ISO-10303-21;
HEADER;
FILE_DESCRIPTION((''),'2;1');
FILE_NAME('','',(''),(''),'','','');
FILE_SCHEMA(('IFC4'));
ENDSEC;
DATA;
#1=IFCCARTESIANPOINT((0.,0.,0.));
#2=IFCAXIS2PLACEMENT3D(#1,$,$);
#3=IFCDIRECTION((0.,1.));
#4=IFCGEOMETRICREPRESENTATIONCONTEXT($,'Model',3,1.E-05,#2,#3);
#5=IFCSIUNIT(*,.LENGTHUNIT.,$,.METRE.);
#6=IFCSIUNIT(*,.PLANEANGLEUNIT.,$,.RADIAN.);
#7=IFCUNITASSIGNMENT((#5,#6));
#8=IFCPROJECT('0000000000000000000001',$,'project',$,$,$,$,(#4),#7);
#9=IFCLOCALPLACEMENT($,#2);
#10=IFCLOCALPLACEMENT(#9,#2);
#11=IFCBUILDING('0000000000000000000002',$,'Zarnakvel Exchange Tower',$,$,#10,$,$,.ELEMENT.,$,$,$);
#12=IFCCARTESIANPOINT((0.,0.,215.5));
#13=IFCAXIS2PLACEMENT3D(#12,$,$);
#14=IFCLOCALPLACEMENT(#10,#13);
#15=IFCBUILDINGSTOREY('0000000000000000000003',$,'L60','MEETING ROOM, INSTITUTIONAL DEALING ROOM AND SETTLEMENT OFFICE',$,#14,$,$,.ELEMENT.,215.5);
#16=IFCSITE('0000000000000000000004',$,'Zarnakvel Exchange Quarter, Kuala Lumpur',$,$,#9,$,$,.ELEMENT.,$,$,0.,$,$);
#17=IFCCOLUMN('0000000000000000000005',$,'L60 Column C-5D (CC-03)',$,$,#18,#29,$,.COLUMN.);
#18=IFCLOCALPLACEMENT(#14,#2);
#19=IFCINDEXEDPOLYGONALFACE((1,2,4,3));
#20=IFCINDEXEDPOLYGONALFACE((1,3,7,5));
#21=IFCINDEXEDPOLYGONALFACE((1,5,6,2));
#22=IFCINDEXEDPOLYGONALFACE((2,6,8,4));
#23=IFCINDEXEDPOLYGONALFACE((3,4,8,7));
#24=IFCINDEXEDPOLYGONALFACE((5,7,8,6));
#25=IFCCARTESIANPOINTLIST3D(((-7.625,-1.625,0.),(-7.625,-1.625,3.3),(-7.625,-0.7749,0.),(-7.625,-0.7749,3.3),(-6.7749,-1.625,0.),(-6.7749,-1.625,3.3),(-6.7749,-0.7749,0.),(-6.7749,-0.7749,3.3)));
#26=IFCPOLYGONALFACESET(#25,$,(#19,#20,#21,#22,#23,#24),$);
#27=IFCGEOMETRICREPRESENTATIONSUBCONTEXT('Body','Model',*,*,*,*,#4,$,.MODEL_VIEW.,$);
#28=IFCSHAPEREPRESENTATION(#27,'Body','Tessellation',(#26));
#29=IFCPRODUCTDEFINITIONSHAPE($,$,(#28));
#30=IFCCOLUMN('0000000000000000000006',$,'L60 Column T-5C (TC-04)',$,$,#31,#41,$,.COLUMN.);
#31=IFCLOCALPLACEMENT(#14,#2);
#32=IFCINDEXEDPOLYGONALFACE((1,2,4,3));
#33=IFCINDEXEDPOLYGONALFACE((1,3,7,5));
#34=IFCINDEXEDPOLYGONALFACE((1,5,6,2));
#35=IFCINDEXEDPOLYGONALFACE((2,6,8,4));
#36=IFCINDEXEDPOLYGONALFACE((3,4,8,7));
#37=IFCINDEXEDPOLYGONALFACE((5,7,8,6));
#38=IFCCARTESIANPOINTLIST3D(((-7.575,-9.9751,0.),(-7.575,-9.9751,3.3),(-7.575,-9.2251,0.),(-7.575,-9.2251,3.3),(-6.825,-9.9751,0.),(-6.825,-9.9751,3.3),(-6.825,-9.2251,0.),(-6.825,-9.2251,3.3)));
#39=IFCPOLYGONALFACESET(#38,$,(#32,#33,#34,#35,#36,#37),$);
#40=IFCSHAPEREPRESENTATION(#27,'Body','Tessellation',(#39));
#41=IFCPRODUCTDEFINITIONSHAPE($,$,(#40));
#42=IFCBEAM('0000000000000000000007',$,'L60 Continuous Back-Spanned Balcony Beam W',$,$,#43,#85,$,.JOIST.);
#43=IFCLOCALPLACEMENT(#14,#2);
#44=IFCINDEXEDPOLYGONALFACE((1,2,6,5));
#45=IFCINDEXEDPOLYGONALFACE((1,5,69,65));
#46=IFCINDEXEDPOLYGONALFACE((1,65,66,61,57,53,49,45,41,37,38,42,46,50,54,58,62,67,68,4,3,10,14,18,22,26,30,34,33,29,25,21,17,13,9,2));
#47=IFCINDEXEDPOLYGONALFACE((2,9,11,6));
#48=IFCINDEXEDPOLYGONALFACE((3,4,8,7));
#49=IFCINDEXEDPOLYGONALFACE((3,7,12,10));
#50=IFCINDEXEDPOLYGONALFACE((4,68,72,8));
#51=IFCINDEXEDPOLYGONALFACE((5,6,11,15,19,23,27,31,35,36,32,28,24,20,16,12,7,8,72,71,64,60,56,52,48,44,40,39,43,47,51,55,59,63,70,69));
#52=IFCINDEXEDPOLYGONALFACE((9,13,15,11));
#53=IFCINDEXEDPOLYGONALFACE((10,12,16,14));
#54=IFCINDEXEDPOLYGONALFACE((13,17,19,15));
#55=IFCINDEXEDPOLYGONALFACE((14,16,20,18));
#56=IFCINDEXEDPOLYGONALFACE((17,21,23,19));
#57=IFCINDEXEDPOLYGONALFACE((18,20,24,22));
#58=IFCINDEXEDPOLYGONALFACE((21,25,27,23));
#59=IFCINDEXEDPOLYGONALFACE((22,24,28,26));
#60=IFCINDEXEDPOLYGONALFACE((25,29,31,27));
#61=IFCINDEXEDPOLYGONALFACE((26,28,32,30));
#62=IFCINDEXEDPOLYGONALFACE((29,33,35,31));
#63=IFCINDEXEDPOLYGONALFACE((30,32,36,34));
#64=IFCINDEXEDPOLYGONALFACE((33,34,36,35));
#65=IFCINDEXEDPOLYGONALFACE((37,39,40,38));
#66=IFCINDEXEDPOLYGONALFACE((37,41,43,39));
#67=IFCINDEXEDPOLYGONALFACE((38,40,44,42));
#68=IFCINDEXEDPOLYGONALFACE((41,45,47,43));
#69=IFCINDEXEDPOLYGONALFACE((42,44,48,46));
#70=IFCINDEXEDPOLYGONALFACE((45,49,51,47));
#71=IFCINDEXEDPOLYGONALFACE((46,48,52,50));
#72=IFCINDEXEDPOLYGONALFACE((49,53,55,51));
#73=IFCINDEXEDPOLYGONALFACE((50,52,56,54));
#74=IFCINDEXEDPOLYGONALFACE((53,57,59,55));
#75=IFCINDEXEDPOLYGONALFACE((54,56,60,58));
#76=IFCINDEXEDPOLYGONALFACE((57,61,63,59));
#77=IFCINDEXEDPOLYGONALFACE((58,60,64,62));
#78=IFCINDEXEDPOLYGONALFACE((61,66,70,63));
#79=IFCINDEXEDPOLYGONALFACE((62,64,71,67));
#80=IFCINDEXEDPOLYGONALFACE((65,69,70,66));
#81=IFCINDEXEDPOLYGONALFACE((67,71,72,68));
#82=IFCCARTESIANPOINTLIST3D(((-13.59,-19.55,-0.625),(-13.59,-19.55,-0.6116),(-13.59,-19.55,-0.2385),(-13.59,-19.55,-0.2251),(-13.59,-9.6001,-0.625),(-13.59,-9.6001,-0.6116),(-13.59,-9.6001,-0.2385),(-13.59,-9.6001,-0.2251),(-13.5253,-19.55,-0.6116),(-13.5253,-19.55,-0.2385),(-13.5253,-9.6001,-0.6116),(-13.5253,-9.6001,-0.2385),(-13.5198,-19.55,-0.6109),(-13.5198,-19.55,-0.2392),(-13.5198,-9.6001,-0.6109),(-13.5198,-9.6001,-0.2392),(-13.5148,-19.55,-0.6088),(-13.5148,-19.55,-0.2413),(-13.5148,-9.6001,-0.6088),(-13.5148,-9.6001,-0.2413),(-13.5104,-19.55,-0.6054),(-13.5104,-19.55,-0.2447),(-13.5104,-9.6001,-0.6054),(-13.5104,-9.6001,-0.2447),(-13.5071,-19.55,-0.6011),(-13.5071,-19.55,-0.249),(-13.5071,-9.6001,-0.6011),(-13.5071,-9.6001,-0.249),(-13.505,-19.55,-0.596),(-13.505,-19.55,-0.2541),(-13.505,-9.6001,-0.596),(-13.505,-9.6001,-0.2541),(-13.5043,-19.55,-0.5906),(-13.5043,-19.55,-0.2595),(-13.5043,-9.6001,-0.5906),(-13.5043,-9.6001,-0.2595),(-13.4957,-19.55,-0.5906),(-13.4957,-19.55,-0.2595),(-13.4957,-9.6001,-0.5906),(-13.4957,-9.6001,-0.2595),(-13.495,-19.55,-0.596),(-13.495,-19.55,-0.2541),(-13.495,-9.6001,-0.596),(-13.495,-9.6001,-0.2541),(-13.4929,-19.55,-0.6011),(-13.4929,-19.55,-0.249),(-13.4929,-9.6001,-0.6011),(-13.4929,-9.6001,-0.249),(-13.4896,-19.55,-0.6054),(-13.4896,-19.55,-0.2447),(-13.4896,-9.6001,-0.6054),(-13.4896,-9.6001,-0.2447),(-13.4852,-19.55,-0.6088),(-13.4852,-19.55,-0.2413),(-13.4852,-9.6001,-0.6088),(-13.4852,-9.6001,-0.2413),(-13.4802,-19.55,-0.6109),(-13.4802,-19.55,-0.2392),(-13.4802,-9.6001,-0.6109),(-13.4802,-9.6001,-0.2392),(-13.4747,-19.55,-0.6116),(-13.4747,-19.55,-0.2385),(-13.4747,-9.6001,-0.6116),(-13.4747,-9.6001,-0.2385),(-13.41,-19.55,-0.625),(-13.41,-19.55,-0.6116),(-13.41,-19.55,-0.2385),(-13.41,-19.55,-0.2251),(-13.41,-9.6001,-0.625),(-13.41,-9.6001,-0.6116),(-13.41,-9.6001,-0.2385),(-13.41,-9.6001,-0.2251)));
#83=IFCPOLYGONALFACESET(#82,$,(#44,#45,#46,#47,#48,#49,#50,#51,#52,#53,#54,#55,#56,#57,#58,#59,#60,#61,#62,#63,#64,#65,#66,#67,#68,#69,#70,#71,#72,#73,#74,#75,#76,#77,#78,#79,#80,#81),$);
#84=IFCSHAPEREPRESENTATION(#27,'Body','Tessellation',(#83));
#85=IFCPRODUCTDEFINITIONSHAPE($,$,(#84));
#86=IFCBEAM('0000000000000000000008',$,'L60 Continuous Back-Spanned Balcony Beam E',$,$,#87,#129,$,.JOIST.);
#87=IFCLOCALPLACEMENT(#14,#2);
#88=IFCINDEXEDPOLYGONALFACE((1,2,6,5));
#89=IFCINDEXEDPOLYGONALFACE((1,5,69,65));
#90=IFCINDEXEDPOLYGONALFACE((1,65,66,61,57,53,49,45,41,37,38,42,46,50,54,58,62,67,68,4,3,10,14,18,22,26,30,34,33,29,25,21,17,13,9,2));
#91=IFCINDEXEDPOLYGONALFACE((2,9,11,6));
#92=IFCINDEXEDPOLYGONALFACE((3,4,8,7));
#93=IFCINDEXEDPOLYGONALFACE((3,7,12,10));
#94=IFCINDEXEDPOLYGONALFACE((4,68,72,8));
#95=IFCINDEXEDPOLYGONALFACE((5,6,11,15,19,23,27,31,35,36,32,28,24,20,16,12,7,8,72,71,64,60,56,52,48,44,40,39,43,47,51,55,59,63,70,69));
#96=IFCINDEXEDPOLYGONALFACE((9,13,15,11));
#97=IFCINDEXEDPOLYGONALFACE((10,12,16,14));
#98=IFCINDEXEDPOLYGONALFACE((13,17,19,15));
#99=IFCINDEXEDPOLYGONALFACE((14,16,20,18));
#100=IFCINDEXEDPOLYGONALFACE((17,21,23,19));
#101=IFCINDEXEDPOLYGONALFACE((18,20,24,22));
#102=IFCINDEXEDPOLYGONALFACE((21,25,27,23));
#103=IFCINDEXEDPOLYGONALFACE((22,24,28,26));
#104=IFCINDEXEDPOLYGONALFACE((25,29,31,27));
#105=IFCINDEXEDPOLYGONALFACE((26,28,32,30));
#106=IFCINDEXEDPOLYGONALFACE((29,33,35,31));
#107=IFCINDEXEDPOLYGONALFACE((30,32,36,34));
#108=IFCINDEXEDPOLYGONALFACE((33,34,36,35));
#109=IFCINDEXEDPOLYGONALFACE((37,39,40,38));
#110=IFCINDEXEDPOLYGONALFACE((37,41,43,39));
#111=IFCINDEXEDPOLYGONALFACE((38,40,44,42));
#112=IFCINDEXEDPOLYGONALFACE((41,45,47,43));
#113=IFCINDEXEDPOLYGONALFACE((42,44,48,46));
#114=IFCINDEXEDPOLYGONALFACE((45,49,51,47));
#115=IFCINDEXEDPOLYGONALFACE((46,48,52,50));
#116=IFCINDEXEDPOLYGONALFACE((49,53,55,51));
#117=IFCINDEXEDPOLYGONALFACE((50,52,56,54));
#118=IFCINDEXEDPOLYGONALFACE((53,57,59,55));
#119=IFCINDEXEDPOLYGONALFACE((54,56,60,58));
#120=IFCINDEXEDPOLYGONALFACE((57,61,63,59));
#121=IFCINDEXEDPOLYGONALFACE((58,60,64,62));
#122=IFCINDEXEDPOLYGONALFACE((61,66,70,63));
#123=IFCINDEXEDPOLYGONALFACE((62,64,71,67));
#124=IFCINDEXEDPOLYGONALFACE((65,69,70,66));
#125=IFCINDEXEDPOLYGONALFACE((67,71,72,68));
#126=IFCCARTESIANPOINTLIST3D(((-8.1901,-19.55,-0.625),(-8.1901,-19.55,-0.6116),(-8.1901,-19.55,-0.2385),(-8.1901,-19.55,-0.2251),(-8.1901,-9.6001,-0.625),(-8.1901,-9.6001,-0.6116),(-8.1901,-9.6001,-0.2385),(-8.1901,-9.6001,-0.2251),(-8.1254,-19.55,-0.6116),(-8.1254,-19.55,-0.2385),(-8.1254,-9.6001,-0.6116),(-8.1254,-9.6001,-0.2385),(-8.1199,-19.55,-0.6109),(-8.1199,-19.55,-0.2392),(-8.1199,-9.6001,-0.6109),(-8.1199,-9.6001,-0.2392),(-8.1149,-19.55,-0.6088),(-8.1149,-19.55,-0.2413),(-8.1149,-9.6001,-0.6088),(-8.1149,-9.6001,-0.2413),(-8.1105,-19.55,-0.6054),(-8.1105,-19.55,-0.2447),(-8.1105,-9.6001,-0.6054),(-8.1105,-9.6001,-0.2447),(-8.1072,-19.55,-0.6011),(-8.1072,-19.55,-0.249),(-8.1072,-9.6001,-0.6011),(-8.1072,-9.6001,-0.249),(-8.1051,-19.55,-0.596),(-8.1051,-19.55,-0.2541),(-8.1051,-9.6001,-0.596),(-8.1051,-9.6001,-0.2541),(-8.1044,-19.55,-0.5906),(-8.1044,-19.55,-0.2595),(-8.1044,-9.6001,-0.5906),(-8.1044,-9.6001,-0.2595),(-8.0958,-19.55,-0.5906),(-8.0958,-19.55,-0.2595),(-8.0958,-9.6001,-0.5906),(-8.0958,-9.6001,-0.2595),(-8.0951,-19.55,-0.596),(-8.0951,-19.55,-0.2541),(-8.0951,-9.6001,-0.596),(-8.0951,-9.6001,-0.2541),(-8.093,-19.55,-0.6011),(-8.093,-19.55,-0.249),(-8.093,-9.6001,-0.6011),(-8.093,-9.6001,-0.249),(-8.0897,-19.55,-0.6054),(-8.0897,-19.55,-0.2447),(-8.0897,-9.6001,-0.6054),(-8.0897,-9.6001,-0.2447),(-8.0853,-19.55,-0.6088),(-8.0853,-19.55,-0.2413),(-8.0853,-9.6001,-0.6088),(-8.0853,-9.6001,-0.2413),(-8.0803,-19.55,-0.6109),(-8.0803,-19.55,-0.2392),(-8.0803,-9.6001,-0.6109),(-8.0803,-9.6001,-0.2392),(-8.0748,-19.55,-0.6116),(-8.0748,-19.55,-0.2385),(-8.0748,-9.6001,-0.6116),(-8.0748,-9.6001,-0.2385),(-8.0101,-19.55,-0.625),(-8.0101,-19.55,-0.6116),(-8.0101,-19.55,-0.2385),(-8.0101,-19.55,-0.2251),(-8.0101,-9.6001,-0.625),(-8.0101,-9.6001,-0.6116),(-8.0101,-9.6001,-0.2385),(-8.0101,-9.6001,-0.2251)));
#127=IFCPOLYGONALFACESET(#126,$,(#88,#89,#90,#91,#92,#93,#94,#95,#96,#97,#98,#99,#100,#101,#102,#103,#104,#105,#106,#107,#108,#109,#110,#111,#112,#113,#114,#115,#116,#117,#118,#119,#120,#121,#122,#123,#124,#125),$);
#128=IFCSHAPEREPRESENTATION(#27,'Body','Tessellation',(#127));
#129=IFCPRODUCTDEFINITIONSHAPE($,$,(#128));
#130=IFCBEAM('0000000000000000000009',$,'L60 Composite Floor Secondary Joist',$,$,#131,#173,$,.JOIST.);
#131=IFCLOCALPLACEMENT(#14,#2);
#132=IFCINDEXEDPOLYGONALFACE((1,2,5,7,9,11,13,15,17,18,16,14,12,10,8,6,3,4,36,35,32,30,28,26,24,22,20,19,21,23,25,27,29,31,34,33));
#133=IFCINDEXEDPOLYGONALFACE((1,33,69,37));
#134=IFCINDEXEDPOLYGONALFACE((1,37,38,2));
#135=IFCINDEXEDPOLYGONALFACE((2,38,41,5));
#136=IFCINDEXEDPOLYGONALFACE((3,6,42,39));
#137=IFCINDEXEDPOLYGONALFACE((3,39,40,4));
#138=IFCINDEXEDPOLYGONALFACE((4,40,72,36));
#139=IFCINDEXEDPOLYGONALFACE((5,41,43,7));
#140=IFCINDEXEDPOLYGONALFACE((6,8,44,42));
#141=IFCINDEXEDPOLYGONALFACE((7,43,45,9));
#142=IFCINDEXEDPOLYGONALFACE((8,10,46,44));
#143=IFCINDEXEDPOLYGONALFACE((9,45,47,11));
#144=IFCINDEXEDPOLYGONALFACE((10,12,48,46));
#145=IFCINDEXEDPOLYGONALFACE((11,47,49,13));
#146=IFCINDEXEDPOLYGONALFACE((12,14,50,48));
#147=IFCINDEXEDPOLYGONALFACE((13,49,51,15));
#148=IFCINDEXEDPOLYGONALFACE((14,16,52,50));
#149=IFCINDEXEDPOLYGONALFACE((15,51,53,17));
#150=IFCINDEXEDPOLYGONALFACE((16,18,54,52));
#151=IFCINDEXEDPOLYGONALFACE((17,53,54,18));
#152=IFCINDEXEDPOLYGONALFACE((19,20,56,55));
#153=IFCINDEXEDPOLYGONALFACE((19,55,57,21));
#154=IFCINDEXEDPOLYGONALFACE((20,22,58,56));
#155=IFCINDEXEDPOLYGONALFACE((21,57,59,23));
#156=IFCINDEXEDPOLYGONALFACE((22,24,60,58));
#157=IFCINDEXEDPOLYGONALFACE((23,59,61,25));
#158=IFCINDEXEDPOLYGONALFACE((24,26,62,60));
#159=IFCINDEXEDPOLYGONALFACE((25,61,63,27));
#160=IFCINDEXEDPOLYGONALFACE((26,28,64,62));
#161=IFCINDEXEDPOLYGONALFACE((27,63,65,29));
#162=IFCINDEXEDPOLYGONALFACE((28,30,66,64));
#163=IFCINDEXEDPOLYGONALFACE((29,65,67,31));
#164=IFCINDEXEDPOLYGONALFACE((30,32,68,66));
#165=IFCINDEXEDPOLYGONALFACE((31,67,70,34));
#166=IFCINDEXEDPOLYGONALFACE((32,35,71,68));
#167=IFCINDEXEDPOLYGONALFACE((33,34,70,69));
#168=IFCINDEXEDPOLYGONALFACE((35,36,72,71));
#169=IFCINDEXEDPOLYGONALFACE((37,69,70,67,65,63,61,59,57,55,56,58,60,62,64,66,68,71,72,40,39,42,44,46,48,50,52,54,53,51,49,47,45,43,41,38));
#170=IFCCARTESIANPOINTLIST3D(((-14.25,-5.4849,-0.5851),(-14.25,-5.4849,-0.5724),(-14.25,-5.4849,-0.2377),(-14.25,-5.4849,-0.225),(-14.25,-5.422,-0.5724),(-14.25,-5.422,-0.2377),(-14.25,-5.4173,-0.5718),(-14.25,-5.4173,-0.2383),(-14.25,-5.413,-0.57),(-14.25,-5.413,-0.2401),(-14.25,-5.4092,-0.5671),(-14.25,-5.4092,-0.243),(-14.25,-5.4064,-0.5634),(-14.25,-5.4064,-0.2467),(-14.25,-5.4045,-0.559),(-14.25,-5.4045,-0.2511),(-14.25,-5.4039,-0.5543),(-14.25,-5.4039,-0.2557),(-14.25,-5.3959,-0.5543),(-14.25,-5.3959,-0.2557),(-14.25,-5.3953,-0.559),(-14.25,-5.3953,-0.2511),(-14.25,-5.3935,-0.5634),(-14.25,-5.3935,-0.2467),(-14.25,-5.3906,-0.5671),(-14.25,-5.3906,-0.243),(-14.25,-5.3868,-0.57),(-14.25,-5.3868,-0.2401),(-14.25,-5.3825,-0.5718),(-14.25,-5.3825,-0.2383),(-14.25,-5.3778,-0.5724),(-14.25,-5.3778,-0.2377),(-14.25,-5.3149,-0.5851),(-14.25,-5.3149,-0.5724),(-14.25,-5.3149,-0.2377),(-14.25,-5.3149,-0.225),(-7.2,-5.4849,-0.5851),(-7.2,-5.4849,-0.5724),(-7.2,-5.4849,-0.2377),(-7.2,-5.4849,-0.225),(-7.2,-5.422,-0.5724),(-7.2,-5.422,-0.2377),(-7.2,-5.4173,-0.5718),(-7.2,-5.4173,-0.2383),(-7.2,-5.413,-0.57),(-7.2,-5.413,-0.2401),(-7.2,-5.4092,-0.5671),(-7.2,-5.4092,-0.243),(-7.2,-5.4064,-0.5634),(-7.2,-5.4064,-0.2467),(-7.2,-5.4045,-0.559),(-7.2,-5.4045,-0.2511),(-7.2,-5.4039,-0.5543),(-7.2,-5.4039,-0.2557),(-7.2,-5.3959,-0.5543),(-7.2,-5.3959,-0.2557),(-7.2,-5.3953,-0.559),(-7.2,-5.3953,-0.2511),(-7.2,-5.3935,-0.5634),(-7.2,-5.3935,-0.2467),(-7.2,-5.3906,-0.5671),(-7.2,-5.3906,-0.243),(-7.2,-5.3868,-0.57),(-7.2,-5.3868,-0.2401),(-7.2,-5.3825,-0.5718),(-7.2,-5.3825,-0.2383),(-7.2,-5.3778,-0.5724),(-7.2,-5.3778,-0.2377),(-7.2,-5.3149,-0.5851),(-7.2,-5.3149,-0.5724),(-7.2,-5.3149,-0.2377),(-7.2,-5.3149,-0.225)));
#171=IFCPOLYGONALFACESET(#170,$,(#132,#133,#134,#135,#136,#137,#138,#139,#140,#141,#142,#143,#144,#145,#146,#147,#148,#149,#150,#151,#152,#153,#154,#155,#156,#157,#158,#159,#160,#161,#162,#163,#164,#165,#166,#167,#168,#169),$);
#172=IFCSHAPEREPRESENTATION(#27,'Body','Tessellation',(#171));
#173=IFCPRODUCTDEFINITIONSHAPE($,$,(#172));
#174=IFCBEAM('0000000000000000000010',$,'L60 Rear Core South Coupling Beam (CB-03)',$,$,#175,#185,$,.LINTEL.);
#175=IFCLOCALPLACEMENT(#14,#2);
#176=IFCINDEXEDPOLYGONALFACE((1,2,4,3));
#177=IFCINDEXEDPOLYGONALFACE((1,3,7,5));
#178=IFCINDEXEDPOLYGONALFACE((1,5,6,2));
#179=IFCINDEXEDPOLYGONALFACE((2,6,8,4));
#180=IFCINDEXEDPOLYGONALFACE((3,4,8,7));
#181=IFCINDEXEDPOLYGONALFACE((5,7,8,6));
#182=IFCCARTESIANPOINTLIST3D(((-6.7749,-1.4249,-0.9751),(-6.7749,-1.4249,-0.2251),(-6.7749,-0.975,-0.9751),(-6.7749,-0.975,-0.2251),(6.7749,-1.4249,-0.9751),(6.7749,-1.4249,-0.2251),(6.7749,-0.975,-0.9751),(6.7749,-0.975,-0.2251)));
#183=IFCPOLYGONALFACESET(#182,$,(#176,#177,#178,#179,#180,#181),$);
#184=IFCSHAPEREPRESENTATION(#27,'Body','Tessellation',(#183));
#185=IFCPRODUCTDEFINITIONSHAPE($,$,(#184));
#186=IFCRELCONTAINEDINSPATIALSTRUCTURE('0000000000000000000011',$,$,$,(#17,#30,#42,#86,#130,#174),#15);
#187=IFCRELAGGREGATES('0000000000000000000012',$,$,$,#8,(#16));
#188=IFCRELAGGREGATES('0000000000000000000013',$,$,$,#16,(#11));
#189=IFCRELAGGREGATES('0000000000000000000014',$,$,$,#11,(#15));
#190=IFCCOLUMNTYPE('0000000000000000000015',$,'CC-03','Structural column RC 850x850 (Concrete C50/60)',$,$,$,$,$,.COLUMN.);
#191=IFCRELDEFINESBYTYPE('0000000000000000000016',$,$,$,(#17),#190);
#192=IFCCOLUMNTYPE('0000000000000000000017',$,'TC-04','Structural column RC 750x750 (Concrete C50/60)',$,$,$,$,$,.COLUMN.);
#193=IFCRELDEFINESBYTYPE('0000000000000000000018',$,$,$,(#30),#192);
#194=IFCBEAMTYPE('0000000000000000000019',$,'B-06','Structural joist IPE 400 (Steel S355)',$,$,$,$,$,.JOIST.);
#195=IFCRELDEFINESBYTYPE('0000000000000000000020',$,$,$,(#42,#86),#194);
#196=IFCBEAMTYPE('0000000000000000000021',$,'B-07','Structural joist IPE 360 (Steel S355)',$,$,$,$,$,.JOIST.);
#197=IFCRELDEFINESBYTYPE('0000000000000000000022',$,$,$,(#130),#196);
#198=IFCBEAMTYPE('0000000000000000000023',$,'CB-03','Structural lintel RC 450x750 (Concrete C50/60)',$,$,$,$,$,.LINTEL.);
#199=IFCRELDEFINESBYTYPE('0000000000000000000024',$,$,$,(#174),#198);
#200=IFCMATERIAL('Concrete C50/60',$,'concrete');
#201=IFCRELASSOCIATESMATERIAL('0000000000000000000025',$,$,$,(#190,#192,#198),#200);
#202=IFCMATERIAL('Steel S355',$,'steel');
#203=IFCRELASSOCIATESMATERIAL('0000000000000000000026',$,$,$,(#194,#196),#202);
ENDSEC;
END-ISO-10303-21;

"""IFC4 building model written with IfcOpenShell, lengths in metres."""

from ifc_helpers import new_model, si_unit, direction, frame, origin, origin_2d, place, context, subcontext, project, spatial, rectangle, i_section, extrude, material, material_profile, profile_set, type_object, element, save


model = new_model("IFC4")

# Units and contexts
model_context = context("Model", 3, precision=1e-05, world=origin(), true_north=direction((0.0, 1.0)))
body_context = subcontext(model_context, "Body", "Model", "MODEL_VIEW")
ifc_project = project(units=[si_unit("LENGTHUNIT", "METRE"), si_unit("PLANEANGLEUNIT", "RADIAN")], contexts=[model_context])

# Site, building, storey
site_placement = place(None, origin())
site = spatial("IfcSite", under=ifc_project, at=site_placement, Name="Zarnakvel Exchange Quarter, Kuala Lumpur", CompositionType="ELEMENT", RefElevation=0.0)
building_placement = place(site_placement, origin())
building = spatial("IfcBuilding", under=site, at=building_placement, Name="Zarnakvel Exchange Tower", CompositionType="ELEMENT")
storey_placement = place(building_placement, frame((0.0, 0.0, 215.5)))
storey = spatial("IfcBuildingStorey", under=building, at=storey_placement, Name="L60", Description="MEETING ROOM, INSTITUTIONAL DEALING ROOM AND SETTLEMENT OFFICE", CompositionType="ELEMENT", Elevation=215.5)

# Columns
ifc_material_1 = material(Name="Concrete C50/60", Category="concrete")
ifc_material_profile_1 = material_profile(ifc_material_1, rectangle(XDim=0.8501, YDim=0.8501, at=origin_2d()))
ifc_profile_set_1 = profile_set([ifc_material_profile_1], Name="Concrete C50/60")
column_type_1 = type_object("IfcColumnType", Name="CC-03", Description="Structural column RC 850x850 (Concrete C50/60)", PredefinedType="COLUMN", material=ifc_profile_set_1)
column_1_placement = place(storey_placement, frame((-7.2, -1.2, 0.0), z_axis=(0.0, 0.0, 1.0), x_axis=(1.0, 0.0, 0.0)))
element("IfcColumn", 1, at=column_1_placement, inside=storey, type_object=column_type_1, Name="L60 Column C-5D (CC-03)", PredefinedType="COLUMN", context=body_context, shape_type="SweptSolid", body=[
    extrude(rectangle(XDim=0.8501, YDim=0.8501, at=origin_2d()), origin(), (0.0, 0.0, 1.0), 3.3),
])
ifc_material_profile_2 = material_profile(ifc_material_1, rectangle(XDim=0.75, YDim=0.75, at=origin_2d()))
ifc_profile_set_2 = profile_set([ifc_material_profile_2], Name="Concrete C50/60")
column_type_2 = type_object("IfcColumnType", Name="TC-04", Description="Structural column RC 750x750 (Concrete C50/60)", PredefinedType="COLUMN", material=ifc_profile_set_2)
column_2_placement = place(storey_placement, frame((-7.2, -9.6001, 0.0), z_axis=(0.0, 0.0, 1.0), x_axis=(1.0, 0.0, 0.0)))
element("IfcColumn", 2, at=column_2_placement, inside=storey, type_object=column_type_2, Name="L60 Column T-5C (TC-04)", PredefinedType="COLUMN", context=body_context, shape_type="SweptSolid", body=[
    extrude(rectangle(XDim=0.75, YDim=0.75, at=origin_2d()), origin(), (0.0, 0.0, 1.0), 3.3),
])

# Beams
ifc_material_2 = material(Name="Steel S355", Category="steel")
ifc_material_profile_3 = material_profile(ifc_material_2, i_section(OverallWidth=0.1799, OverallDepth=0.3999, WebThickness=0.0085, FlangeThickness=0.0134, FilletRadius=0.021, at=origin_2d()))
ifc_profile_set_3 = profile_set([ifc_material_profile_3], Name="Steel S355")
beam_type_1 = type_object("IfcBeamType", Name="B-06", Description="Structural joist IPE 400 (Steel S355)", PredefinedType="JOIST", material=ifc_profile_set_3)
for number, where, z_axis, x_axis, name in (
    (3, (-13.5, -9.6001, -0.425), (0.0, -1.0, 0.0), (1.0, 0.0, 0.0), "L60 Continuous Back-Spanned Balcony Beam W"),
    (4, (-8.1001, -9.6001, -0.425), (0.0, -1.0, 0.0), (1.0, 0.0, 0.0), "L60 Continuous Back-Spanned Balcony Beam E"),
):
    element("IfcBeam", number, at=place(storey_placement, frame(where, z_axis=z_axis, x_axis=x_axis)), inside=storey, type_object=beam_type_1, Name=name, PredefinedType="JOIST", context=body_context, shape_type="SweptSolid", body=[
        extrude(i_section(OverallWidth=0.1799, OverallDepth=0.3999, WebThickness=0.0085, FlangeThickness=0.0134, FilletRadius=0.021, at=origin_2d()), origin(), (0.0, 0.0, 1.0), 9.95),
    ])
ifc_material_profile_4 = material_profile(ifc_material_2, i_section(OverallWidth=0.1699, OverallDepth=0.3601, WebThickness=0.0081, FlangeThickness=0.0127, FilletRadius=0.0181, at=origin_2d()))
ifc_profile_set_4 = profile_set([ifc_material_profile_4], Name="Steel S355")
beam_type_2 = type_object("IfcBeamType", Name="B-07", Description="Structural joist IPE 360 (Steel S355)", PredefinedType="JOIST", material=ifc_profile_set_4)
beam_1_placement = place(storey_placement, frame((-14.25, -5.3999, -0.405), z_axis=(1.0, 0.0, 0.0), x_axis=(0.0, 1.0, 0.0)))
element("IfcBeam", 5, at=beam_1_placement, inside=storey, type_object=beam_type_2, Name="L60 Composite Floor Secondary Joist", PredefinedType="JOIST", context=body_context, shape_type="SweptSolid", body=[
    extrude(i_section(OverallWidth=0.1699, OverallDepth=0.3601, WebThickness=0.0081, FlangeThickness=0.0127, FilletRadius=0.0181, at=origin_2d()), origin(), (0.0, 0.0, 1.0), 7.05),
])
ifc_material_profile_5 = material_profile(ifc_material_1, rectangle(XDim=0.45, YDim=0.75, at=origin_2d()))
ifc_profile_set_5 = profile_set([ifc_material_profile_5], Name="Concrete C50/60")
beam_type_3 = type_object("IfcBeamType", Name="CB-03", Description="Structural lintel RC 450x750 (Concrete C50/60)", PredefinedType="LINTEL", material=ifc_profile_set_5)
beam_2_placement = place(storey_placement, frame((-6.7749, -1.2, -0.6001), z_axis=(1.0, 0.0, 0.0), x_axis=(0.0, 1.0, 0.0)))
element("IfcBeam", 6, at=beam_2_placement, inside=storey, type_object=beam_type_3, Name="L60 Rear Core South Coupling Beam (CB-03)", PredefinedType="LINTEL", context=body_context, shape_type="SweptSolid", body=[
    extrude(rectangle(XDim=0.45, YDim=0.75, at=origin_2d()), origin(), (0.0, 0.0, 1.0), 13.5498),
])

save(model, "model.ifc")
